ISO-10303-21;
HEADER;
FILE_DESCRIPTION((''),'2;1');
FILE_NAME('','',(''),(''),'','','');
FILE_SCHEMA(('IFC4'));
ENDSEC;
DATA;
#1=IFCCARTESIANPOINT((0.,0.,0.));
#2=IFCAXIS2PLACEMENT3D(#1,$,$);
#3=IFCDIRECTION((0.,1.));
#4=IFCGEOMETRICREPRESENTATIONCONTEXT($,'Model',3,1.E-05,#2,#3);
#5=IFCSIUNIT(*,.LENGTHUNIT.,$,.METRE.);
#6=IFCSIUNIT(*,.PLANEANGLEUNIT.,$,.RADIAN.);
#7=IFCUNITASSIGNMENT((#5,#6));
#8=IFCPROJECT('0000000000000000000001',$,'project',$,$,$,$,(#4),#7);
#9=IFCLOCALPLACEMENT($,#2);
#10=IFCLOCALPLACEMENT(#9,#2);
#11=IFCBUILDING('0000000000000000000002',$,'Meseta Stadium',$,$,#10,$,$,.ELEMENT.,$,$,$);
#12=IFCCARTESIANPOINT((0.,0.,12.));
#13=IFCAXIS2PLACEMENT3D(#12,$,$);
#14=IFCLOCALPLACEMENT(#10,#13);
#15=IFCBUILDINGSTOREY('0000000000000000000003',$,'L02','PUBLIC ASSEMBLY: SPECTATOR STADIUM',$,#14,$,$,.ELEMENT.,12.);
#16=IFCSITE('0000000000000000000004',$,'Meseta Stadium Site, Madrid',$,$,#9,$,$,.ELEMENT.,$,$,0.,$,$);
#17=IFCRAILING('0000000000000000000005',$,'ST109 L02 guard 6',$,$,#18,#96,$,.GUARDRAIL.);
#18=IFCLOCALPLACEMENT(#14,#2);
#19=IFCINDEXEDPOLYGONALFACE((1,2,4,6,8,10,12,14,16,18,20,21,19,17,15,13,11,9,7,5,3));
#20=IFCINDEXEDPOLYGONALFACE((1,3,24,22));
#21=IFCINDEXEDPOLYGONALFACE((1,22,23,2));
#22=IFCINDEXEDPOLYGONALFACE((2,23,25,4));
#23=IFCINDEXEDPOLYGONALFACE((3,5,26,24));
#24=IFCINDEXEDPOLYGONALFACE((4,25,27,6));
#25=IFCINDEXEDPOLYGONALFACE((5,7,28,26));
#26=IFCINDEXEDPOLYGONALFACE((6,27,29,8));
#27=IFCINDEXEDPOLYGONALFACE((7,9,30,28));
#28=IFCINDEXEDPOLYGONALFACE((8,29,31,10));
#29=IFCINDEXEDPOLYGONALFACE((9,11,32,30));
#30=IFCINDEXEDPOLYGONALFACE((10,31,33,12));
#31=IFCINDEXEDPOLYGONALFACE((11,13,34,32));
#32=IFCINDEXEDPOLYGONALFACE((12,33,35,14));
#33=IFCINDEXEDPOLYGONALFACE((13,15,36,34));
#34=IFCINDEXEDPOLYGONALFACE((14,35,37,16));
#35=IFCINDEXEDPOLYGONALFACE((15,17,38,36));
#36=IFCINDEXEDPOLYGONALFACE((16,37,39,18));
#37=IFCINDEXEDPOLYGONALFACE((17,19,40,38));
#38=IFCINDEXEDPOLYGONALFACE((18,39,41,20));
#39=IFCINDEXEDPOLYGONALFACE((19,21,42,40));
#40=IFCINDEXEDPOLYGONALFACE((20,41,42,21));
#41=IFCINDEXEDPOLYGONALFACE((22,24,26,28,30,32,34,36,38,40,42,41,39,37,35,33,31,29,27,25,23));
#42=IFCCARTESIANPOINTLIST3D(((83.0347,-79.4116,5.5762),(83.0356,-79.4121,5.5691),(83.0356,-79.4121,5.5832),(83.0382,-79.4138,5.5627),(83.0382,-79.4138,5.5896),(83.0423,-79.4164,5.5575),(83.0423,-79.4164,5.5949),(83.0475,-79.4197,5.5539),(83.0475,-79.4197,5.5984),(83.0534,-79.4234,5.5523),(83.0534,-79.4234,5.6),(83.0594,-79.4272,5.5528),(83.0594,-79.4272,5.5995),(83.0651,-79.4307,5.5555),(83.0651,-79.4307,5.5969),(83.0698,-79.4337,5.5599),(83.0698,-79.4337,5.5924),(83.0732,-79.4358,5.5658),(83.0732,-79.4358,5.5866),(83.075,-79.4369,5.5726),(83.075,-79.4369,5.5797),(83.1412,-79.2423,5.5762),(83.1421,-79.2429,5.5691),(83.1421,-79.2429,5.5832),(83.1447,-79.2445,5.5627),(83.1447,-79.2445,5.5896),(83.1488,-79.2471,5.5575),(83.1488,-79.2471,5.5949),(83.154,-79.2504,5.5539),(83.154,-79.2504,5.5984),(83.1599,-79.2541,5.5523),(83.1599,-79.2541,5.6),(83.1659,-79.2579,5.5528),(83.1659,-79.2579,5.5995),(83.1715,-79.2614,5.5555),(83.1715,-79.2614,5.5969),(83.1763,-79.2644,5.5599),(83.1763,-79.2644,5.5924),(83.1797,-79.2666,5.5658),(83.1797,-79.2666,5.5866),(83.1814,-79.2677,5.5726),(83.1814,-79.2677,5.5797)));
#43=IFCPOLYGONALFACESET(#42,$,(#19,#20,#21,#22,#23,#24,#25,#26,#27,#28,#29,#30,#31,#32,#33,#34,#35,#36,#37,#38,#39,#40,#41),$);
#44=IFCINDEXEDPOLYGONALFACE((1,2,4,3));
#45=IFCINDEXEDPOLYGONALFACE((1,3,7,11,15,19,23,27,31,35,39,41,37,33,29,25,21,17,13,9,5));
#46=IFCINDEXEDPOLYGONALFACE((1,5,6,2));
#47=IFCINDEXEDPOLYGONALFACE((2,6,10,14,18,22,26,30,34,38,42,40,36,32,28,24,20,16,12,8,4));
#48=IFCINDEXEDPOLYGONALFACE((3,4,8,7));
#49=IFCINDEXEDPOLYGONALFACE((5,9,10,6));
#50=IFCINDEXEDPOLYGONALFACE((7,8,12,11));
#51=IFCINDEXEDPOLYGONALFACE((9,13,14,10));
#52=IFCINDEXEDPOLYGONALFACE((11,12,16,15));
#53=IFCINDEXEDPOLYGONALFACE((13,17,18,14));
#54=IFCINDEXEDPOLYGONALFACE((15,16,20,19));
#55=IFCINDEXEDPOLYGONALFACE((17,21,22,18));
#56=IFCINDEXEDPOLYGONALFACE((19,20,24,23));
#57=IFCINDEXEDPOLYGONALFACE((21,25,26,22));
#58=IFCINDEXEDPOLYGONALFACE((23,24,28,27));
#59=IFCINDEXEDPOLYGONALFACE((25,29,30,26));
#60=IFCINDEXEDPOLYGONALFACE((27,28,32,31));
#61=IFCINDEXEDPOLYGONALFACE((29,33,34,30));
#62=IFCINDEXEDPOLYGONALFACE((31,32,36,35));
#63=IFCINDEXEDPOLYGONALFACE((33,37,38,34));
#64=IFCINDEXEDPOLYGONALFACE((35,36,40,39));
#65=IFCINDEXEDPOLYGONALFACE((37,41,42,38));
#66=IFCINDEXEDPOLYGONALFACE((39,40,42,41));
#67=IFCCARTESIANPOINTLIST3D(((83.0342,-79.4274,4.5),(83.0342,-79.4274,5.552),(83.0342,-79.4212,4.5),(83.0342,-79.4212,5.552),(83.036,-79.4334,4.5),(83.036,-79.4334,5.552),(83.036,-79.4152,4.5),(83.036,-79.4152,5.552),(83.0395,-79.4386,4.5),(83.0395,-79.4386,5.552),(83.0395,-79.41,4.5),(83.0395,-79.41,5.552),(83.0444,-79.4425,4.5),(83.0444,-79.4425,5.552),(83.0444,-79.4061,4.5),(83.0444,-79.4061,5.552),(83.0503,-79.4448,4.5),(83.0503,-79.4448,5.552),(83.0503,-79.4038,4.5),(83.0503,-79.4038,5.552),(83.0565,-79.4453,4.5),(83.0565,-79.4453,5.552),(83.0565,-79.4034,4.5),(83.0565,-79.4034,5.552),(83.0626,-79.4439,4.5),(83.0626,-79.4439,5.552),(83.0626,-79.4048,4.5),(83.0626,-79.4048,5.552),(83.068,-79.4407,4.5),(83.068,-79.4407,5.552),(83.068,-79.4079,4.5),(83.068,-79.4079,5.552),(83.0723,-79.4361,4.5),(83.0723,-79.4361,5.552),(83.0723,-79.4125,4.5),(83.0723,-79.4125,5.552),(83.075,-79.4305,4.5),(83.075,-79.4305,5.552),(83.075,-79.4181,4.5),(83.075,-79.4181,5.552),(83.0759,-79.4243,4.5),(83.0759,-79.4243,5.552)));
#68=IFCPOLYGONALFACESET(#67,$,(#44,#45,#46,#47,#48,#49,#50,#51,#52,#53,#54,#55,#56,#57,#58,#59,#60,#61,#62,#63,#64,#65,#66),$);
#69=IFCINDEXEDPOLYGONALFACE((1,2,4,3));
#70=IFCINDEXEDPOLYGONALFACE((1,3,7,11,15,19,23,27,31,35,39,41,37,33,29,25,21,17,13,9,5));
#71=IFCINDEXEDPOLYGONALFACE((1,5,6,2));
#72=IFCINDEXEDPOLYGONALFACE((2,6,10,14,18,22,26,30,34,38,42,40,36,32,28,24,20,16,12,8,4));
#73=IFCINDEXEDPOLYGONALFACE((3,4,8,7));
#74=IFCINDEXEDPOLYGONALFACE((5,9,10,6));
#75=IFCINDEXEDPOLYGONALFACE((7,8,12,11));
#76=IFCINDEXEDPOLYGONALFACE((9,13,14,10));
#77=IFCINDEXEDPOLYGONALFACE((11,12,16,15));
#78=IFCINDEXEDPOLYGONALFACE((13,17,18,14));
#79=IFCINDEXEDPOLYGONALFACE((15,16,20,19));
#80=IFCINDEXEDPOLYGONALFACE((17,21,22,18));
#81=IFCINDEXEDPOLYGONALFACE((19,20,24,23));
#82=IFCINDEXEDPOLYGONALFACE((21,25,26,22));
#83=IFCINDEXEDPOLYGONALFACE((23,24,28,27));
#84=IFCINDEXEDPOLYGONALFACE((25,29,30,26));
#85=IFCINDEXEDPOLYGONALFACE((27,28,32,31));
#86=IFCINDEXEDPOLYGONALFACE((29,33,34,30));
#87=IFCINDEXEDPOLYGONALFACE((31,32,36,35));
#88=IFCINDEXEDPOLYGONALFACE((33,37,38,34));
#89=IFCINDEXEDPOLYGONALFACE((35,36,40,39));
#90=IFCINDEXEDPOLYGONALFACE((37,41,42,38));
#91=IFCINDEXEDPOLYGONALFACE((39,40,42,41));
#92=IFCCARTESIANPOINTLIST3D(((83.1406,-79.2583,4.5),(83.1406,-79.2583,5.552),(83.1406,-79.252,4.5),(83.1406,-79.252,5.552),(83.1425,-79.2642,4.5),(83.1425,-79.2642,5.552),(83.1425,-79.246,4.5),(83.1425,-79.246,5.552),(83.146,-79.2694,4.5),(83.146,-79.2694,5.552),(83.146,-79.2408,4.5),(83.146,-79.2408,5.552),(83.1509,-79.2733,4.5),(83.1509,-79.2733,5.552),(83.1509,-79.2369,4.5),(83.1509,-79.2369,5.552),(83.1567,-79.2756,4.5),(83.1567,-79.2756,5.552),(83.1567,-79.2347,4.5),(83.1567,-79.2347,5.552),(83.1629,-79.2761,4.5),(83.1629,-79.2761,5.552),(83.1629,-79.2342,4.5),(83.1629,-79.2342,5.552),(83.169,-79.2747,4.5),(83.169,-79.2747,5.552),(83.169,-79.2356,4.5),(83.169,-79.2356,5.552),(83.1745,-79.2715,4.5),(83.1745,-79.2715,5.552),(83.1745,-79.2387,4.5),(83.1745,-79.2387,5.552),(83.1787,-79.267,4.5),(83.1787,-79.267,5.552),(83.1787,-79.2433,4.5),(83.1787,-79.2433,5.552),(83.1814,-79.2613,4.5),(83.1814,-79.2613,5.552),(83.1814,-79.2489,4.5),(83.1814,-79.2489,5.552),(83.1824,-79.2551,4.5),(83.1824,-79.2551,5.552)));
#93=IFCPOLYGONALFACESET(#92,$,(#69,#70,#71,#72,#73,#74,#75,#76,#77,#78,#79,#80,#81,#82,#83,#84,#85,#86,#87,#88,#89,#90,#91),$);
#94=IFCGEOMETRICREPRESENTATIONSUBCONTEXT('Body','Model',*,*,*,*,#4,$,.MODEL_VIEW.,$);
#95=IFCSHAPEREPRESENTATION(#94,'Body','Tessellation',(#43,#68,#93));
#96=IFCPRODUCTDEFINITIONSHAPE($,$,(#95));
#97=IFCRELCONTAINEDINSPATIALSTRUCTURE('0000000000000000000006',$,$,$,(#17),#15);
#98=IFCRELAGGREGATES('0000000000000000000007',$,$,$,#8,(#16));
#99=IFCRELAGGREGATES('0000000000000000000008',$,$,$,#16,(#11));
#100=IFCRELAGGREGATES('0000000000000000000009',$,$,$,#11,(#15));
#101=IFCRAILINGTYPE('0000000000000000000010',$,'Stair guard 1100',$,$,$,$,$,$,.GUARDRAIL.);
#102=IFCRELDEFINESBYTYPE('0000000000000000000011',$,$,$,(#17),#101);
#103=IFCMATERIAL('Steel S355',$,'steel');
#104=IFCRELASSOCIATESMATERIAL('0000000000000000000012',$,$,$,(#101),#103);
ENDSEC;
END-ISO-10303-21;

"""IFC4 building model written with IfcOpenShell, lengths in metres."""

from ifc_helpers import new_model, si_unit, direction, frame, origin, origin_2d, place, context, subcontext, project, spatial, circle, extrude, material, type_object, element, save


model = new_model("IFC4")

# Units and contexts
model_context = context("Model", 3, precision=1e-05, world=origin(), true_north=direction((0.0, 1.0)))
body_context = subcontext(model_context, "Body", "Model", "MODEL_VIEW")
ifc_project = project(units=[si_unit("LENGTHUNIT", "METRE"), si_unit("PLANEANGLEUNIT", "RADIAN")], contexts=[model_context])

# Site, building, storey
site_placement = place(None, origin())
site = spatial("IfcSite", under=ifc_project, at=site_placement, Name="Meseta Stadium Site, Madrid", CompositionType="ELEMENT", RefElevation=0.0)
building_placement = place(site_placement, origin())
building = spatial("IfcBuilding", under=site, at=building_placement, Name="Meseta Stadium", CompositionType="ELEMENT")
storey_placement = place(building_placement, frame((0.0, 0.0, 12.0)))
storey = spatial("IfcBuildingStorey", under=building, at=storey_placement, Name="L02", Description="PUBLIC ASSEMBLY: SPECTATOR STADIUM", CompositionType="ELEMENT", Elevation=12.0)

# Railing
ifc_material_1 = material(Name="Steel S355", Category="steel")
railing_type_1 = type_object("IfcRailingType", Name="Stair guard 1100", PredefinedType="GUARDRAIL", material=ifc_material_1)
railing_1_placement = place(storey_placement, frame((83.0549, -79.4243, 4.5)))
element("IfcRailing", 1, at=railing_1_placement, inside=storey, type_object=railing_type_1, Name="ST109 L02 guard 6", PredefinedType="GUARDRAIL", context=body_context, shape_type="SweptSolid", body=[
    extrude(circle(Radius=0.0239, at=origin_2d()), frame((0.0, 0.0, 1.0762), z_axis=(0.532522, 0.846416, 0.0), x_axis=(-0.846416, 0.532522, 0.0)), (0.0, 0.0, 1.0), 0.2),
    extrude(circle(Radius=0.021, at=origin_2d()), origin(), (0.0, 0.0, 1.0), 1.052),
    extrude(circle(Radius=0.021, at=origin_2d()), frame((0.1064, 0.1692, 0.0)), (0.0, 0.0, 1.0), 1.052),
])

save(model, "model.ifc")
